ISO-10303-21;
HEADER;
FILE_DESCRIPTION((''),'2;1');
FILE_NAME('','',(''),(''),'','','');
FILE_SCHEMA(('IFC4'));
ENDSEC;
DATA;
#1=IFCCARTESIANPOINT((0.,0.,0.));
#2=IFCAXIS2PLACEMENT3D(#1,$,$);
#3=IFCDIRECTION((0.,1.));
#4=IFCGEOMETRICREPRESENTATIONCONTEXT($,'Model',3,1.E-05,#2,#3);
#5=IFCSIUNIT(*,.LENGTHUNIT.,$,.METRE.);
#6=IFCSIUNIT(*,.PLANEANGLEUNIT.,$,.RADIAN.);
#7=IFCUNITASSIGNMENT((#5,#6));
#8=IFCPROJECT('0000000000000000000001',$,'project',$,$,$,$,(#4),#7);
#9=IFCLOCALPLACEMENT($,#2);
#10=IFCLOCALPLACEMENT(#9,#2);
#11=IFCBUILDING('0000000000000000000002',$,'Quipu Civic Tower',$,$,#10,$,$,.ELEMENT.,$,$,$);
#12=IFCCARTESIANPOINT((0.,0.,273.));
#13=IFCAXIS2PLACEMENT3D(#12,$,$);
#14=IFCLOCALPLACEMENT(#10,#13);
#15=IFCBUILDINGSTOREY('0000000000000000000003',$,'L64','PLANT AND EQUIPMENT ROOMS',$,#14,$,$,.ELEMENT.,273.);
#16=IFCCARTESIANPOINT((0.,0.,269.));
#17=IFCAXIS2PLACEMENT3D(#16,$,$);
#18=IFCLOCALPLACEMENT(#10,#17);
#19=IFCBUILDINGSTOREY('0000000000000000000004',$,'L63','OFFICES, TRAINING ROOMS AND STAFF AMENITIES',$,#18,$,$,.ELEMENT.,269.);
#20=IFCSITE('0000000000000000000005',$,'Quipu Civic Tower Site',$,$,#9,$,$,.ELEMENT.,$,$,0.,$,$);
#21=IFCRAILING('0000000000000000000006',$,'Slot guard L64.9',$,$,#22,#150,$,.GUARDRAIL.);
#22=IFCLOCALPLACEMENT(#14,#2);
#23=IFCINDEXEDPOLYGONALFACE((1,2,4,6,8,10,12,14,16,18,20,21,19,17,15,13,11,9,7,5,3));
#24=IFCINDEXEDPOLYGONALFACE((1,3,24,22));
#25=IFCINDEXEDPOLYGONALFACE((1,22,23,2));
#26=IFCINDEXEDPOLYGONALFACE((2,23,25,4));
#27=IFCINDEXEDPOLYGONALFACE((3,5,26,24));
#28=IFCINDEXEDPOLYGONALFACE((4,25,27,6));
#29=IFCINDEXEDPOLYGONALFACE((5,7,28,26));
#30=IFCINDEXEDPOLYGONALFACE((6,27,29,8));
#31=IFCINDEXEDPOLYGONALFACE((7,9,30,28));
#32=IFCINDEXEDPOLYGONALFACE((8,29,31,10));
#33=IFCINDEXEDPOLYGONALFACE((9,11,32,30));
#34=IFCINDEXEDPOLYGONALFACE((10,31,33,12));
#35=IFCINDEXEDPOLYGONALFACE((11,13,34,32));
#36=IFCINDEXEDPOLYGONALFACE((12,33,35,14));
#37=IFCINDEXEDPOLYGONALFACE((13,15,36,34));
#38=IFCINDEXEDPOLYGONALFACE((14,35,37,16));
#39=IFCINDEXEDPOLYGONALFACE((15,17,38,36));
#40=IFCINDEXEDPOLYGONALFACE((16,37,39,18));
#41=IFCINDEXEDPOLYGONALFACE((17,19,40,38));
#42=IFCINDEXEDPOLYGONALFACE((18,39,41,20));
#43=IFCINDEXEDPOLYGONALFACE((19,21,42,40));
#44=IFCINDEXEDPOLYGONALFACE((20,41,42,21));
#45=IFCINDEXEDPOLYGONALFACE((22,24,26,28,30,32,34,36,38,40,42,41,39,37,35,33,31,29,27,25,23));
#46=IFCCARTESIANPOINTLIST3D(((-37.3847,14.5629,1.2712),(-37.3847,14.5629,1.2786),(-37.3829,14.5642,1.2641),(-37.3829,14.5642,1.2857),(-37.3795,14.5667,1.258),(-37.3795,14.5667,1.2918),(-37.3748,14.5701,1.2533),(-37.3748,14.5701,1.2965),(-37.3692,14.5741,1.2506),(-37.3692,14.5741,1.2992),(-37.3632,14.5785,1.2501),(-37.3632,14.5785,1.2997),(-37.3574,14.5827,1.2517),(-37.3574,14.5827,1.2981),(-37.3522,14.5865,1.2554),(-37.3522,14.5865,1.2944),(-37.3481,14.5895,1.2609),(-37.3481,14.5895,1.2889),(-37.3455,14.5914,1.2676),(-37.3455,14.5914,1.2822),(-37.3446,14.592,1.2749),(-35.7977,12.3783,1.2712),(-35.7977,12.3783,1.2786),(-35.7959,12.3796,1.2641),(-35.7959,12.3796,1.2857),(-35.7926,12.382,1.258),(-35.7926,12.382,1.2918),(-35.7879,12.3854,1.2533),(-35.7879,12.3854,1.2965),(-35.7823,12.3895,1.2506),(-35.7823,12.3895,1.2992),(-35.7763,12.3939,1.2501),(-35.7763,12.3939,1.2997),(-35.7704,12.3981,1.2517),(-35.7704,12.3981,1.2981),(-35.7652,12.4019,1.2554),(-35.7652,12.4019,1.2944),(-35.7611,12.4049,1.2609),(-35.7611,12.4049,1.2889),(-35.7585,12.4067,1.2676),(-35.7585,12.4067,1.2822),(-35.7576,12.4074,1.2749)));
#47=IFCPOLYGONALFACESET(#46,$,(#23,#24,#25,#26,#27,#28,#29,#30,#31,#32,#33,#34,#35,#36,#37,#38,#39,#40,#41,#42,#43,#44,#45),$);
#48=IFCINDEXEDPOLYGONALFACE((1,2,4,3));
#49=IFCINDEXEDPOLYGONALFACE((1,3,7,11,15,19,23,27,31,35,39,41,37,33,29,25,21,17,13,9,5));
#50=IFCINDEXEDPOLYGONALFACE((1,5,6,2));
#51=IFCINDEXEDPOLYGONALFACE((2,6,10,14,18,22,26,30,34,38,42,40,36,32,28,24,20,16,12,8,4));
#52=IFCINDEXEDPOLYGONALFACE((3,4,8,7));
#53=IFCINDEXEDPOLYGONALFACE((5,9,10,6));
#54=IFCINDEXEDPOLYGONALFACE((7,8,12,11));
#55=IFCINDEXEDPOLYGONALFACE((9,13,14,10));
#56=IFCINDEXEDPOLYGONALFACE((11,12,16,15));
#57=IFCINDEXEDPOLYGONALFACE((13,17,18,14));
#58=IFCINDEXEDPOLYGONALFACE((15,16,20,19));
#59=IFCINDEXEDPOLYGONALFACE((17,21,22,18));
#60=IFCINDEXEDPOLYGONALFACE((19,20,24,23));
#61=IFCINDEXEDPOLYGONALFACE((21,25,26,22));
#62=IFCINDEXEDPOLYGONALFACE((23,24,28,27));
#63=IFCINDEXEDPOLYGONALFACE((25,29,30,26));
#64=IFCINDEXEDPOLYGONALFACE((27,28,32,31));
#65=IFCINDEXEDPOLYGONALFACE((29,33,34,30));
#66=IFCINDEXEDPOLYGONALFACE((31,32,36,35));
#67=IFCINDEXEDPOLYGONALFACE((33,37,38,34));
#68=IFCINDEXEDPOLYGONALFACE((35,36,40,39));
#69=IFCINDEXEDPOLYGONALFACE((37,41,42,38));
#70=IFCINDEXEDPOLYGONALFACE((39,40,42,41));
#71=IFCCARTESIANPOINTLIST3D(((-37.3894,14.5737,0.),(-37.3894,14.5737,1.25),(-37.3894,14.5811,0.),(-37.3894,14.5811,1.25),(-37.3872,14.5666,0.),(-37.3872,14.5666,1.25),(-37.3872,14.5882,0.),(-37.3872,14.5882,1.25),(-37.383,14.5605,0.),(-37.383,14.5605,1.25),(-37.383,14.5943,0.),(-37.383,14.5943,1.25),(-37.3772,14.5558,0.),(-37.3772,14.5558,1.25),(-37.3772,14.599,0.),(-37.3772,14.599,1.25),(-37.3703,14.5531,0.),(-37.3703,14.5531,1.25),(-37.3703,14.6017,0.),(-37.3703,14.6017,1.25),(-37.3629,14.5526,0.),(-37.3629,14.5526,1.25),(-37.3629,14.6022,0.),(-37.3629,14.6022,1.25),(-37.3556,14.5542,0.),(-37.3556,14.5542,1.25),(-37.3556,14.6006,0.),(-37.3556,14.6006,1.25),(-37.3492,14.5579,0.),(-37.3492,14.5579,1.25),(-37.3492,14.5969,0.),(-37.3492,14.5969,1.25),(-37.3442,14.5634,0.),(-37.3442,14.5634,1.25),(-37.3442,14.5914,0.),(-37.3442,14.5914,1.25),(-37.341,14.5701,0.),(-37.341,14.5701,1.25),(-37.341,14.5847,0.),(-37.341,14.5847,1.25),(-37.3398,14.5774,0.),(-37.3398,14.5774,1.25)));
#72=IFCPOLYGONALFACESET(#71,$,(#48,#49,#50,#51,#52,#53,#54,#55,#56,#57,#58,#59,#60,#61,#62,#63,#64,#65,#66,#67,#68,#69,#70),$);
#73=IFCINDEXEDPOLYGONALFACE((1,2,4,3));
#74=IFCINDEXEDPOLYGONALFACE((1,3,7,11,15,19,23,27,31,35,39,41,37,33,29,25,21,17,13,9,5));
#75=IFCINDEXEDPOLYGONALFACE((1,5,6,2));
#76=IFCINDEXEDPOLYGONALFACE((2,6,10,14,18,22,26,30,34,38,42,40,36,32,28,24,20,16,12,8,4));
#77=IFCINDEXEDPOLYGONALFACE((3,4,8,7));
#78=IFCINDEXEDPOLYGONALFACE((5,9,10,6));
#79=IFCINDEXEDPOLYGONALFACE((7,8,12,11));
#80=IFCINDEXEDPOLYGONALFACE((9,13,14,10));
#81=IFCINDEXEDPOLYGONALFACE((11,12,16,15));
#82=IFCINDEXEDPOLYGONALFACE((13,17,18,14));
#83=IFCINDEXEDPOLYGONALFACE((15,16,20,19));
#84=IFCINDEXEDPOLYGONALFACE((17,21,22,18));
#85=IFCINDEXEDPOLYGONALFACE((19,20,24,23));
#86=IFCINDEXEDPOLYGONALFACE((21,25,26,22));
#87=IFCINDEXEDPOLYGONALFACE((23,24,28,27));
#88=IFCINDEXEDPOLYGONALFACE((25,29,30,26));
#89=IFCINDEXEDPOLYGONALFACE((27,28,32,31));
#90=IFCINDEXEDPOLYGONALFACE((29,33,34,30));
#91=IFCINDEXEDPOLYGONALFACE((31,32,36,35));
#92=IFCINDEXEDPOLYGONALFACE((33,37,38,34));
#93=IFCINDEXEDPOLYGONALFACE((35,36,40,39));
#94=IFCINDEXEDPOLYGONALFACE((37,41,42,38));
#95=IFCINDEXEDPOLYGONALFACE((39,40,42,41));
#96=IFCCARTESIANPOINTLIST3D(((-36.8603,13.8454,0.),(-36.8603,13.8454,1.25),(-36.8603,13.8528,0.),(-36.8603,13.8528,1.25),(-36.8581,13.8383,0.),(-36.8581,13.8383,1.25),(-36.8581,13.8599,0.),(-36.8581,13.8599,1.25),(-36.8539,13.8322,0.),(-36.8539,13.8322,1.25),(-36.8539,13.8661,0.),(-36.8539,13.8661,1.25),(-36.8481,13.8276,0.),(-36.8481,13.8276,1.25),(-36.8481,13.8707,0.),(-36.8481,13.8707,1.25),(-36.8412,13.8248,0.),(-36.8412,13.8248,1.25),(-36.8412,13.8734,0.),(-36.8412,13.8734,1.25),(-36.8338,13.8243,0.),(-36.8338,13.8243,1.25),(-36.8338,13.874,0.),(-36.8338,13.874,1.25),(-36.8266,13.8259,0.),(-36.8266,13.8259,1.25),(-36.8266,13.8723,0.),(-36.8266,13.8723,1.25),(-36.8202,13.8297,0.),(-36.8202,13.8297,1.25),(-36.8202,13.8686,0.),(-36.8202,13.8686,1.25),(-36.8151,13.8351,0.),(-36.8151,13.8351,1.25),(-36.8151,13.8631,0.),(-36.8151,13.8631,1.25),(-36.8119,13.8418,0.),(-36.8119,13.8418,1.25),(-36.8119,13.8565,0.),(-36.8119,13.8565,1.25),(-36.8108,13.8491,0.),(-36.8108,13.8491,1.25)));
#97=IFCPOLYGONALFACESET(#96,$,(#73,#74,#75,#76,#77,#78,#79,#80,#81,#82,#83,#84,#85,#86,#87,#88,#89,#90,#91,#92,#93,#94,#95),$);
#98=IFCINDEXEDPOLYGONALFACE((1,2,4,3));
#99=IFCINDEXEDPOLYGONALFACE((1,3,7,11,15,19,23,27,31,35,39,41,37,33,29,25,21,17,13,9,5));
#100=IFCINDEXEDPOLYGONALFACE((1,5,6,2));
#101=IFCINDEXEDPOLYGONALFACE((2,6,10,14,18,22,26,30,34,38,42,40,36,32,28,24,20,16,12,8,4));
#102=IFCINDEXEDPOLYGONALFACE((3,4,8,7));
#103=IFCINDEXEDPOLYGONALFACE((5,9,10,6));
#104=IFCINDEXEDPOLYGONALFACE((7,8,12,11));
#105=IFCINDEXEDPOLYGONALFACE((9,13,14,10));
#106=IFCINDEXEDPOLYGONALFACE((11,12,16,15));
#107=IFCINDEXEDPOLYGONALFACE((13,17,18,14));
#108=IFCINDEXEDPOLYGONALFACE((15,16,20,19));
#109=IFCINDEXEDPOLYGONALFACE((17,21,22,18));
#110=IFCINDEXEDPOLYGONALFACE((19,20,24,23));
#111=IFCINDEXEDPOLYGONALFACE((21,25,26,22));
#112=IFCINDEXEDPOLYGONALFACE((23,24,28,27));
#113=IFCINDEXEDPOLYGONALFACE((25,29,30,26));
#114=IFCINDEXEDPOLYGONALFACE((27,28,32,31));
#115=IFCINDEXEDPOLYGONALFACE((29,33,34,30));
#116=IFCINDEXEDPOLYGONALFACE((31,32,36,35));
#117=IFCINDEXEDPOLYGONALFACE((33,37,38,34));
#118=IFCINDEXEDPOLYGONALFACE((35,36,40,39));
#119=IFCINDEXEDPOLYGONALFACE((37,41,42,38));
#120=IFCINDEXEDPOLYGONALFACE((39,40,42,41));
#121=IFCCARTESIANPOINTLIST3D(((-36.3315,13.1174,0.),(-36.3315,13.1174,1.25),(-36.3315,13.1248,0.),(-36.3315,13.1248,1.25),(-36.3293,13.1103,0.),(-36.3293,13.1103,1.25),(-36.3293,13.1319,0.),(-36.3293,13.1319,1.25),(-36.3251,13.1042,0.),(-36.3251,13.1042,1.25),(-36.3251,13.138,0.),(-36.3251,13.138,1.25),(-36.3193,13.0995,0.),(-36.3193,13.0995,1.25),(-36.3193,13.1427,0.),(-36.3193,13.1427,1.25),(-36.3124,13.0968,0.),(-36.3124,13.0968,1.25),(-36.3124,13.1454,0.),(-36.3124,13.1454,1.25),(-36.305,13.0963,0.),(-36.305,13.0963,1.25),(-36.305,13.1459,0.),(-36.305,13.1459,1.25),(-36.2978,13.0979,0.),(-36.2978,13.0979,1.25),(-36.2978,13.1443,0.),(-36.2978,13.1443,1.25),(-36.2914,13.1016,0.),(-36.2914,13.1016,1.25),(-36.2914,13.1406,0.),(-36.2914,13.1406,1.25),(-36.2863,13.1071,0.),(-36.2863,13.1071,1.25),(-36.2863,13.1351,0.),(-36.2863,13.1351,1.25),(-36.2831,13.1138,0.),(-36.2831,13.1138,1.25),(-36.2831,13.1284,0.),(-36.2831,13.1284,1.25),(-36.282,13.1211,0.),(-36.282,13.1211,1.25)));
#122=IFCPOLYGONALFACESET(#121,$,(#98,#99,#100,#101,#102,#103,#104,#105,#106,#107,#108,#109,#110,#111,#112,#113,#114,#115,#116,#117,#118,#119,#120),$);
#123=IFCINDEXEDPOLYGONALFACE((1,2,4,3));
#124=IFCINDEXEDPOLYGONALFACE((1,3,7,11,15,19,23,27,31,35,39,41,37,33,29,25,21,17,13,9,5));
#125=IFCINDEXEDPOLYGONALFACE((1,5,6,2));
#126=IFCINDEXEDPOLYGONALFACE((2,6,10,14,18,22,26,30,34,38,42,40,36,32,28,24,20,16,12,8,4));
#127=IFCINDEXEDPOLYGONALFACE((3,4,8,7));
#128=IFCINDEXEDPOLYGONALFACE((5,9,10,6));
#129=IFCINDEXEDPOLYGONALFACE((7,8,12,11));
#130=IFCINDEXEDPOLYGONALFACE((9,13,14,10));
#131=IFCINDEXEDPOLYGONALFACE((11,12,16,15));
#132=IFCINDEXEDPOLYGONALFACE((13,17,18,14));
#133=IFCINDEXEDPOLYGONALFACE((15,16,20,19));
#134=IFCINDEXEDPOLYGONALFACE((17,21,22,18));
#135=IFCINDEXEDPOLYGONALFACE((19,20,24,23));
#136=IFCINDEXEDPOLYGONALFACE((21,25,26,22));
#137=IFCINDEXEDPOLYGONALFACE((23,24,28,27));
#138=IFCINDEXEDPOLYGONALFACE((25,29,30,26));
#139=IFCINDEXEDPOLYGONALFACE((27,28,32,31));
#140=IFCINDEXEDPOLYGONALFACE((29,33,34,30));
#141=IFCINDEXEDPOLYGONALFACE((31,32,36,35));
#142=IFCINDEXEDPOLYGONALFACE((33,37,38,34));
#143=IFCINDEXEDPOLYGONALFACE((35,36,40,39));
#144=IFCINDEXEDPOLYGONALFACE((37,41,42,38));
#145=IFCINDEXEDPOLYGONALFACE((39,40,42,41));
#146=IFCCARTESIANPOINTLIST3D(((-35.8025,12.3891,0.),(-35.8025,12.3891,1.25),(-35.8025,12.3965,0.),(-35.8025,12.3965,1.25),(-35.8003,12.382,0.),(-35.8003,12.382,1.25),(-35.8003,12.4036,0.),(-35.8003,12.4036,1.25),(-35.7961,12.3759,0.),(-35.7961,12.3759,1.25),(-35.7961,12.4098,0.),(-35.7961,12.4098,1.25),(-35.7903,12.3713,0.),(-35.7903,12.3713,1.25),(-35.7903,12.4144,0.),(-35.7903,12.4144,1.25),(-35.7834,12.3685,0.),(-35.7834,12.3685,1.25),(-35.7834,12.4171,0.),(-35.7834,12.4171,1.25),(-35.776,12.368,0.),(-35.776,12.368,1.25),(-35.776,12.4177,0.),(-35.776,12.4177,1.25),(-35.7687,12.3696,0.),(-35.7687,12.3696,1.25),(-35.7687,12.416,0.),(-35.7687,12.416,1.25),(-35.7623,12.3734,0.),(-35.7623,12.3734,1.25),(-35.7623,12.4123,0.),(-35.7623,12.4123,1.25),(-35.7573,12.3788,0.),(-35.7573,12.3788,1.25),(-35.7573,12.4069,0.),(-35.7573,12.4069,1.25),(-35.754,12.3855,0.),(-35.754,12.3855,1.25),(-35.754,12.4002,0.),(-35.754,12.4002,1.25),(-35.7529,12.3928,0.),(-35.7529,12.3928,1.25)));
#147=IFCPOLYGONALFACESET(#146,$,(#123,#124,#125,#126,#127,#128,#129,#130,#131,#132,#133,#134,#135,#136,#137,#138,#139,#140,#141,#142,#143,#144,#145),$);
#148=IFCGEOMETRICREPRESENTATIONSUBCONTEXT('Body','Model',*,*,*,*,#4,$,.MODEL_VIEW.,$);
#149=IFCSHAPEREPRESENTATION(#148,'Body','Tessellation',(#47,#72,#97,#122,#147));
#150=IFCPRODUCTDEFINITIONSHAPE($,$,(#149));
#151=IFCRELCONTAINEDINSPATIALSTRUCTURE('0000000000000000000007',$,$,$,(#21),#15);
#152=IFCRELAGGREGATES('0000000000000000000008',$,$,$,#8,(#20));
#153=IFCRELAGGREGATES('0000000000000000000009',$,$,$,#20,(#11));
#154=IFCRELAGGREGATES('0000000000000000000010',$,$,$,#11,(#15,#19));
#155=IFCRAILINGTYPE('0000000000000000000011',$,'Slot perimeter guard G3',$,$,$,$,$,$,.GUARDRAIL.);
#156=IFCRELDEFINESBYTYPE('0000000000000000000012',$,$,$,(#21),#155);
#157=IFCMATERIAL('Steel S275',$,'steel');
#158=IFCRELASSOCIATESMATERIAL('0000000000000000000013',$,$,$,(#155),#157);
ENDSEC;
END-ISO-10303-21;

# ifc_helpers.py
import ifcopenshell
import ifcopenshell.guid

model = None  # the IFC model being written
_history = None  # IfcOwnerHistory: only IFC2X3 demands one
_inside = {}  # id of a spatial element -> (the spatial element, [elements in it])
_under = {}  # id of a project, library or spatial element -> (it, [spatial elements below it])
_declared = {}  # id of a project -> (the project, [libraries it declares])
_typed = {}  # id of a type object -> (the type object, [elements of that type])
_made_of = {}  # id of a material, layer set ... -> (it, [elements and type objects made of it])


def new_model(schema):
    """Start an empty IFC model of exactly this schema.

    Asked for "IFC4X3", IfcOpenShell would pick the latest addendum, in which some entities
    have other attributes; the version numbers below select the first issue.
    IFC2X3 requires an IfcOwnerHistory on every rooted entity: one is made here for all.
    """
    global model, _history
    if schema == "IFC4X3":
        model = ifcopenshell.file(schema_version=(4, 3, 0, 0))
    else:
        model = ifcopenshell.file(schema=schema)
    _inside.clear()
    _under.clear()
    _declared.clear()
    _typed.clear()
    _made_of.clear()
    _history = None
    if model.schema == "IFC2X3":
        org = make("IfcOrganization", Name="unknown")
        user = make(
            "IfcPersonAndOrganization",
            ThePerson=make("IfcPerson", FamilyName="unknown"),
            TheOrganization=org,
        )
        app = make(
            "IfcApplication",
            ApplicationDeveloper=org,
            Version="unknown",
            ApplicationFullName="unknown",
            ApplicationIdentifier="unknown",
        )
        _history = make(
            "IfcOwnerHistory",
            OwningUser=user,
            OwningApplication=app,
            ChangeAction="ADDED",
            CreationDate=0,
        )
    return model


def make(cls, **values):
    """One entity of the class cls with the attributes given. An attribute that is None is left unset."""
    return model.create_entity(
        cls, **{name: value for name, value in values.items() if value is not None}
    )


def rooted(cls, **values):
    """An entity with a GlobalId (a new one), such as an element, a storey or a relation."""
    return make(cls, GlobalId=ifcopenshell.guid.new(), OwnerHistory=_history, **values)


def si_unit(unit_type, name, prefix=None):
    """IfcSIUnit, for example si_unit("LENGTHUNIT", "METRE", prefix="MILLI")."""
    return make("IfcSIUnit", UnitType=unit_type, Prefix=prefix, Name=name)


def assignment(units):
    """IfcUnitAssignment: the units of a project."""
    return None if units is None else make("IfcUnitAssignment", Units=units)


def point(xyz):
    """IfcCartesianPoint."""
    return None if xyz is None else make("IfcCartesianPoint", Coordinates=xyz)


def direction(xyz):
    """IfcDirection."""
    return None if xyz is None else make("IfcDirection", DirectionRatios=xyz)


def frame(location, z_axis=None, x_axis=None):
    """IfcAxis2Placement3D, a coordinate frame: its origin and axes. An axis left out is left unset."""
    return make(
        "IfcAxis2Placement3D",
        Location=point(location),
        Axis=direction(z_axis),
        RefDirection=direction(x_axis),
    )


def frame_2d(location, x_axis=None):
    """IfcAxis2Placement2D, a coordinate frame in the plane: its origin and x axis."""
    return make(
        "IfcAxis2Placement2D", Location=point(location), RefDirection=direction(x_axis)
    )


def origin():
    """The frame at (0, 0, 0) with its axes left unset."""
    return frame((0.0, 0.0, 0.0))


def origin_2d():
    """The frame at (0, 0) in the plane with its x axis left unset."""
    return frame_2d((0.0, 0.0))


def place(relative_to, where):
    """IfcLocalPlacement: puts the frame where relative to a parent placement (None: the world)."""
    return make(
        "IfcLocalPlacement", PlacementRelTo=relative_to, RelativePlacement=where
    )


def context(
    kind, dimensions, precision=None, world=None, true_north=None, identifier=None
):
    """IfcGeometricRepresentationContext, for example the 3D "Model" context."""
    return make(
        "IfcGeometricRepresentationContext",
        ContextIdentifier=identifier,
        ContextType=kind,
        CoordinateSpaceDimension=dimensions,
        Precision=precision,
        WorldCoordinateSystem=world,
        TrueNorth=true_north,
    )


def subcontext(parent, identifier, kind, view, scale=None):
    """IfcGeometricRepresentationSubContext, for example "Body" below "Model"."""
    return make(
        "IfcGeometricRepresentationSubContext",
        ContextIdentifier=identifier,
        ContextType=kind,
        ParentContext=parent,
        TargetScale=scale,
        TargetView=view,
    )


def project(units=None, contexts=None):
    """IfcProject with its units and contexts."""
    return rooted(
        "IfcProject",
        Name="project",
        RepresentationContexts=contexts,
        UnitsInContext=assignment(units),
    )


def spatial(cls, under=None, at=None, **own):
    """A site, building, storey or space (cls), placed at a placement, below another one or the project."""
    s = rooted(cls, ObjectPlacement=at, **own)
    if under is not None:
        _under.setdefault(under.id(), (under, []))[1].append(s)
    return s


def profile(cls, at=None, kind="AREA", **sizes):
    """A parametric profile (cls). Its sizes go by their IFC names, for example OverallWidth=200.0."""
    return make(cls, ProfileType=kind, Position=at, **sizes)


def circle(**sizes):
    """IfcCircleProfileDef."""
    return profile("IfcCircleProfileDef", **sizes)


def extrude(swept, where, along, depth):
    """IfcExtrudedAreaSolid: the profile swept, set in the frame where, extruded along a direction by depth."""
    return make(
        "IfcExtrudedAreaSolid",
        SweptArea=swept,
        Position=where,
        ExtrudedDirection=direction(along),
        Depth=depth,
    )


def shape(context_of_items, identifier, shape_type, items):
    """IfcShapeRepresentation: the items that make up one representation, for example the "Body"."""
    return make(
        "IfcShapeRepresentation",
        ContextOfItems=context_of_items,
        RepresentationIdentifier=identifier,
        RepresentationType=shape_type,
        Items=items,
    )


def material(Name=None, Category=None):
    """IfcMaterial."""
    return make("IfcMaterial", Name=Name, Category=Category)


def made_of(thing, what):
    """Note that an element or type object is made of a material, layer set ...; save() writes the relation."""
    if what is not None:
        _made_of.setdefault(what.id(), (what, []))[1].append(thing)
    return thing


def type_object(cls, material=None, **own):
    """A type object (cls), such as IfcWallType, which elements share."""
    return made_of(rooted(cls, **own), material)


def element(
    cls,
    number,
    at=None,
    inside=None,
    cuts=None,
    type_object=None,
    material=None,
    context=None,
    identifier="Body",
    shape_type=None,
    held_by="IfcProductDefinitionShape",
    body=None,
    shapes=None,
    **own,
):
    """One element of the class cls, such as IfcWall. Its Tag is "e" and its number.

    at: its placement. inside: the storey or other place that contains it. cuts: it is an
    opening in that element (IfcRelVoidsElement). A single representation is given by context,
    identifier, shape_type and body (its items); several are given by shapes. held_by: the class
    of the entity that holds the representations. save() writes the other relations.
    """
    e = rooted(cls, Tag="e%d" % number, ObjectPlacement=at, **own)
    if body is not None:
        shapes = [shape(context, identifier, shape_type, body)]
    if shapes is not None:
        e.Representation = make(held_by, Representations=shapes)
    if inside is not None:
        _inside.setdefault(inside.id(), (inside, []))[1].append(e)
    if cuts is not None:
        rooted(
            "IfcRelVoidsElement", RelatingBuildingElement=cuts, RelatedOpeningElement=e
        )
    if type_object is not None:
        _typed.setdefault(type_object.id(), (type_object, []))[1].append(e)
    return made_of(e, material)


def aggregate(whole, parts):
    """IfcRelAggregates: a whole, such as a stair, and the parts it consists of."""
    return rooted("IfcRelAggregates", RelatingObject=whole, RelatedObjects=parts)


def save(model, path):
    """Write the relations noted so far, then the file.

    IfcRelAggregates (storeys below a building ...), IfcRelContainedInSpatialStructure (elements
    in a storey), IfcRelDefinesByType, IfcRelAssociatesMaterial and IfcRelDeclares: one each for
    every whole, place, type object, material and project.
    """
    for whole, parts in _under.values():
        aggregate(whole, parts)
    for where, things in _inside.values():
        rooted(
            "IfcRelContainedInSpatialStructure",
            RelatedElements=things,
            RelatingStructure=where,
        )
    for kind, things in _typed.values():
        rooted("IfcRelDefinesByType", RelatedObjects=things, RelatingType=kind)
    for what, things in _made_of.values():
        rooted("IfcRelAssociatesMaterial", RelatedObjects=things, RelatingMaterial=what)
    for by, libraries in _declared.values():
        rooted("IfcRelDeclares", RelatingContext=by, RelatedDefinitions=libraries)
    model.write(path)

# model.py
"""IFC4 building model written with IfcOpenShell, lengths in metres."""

from ifc_helpers import new_model, si_unit, direction, frame, origin, origin_2d, place, context, subcontext, project, spatial, circle, extrude, material, type_object, element, save


model = new_model("IFC4")

# Units and contexts
model_context = context("Model", 3, precision=1e-05, world=origin(), true_north=direction((0.0, 1.0)))
body_context = subcontext(model_context, "Body", "Model", "MODEL_VIEW")
ifc_project = project(units=[si_unit("LENGTHUNIT", "METRE"), si_unit("PLANEANGLEUNIT", "RADIAN")], contexts=[model_context])

# Site, building, storey
site_placement = place(None, origin())
site = spatial("IfcSite", under=ifc_project, at=site_placement, Name="Quipu Civic Tower Site", CompositionType="ELEMENT", RefElevation=0.0)
building_placement = place(site_placement, origin())
building = spatial("IfcBuilding", under=site, at=building_placement, Name="Quipu Civic Tower", CompositionType="ELEMENT")
storey_1_placement = place(building_placement, frame((0.0, 0.0, 273.0)))
storey_1 = spatial("IfcBuildingStorey", under=building, at=storey_1_placement, Name="L64", Description="PLANT AND EQUIPMENT ROOMS", CompositionType="ELEMENT", Elevation=273.0)

# Shared definitions
storey_2_placement = place(building_placement, frame((0.0, 0.0, 269.0)))
storey_2 = spatial("IfcBuildingStorey", under=building, at=storey_2_placement, Name="L63", Description="OFFICES, TRAINING ROOMS AND STAFF AMENITIES", CompositionType="ELEMENT", Elevation=269.0)

# Railing
ifc_material_1 = material(Name="Steel S275", Category="steel")
railing_type = type_object("IfcRailingType", Name="Slot perimeter guard G3", PredefinedType="GUARDRAIL", material=ifc_material_1)
railing_1_placement = place(storey_1_placement, frame((-37.3647, 14.5774, 0.0)))
element("IfcRailing", 1, at=railing_1_placement, inside=storey_1, type_object=railing_type, Name="Slot guard L64.9", PredefinedType="GUARDRAIL", context=body_context, shape_type="SweptSolid", body=[
    extrude(circle(Radius=0.0249, at=origin_2d()), frame((0.0, 0.0, 1.2749), z_axis=(0.58772, -0.809064, 0.0), x_axis=(0.809064, 0.58772, 0.0)), (0.0, 0.0, 1.0), 2.7002),
    extrude(circle(Radius=0.0249, at=origin_2d()), origin(), (0.0, 0.0, 1.0), 1.25),
    extrude(circle(Radius=0.0249, at=origin_2d()), frame((0.5291, -0.7283, 0.0)), (0.0, 0.0, 1.0), 1.25),
    extrude(circle(Radius=0.0249, at=origin_2d()), frame((1.0579, -1.4563, 0.0)), (0.0, 0.0, 1.0), 1.25),
    extrude(circle(Radius=0.0249, at=origin_2d()), frame((1.5869, -2.1846, 0.0)), (0.0, 0.0, 1.0), 1.25),
])

save(model, "model.ifc")
